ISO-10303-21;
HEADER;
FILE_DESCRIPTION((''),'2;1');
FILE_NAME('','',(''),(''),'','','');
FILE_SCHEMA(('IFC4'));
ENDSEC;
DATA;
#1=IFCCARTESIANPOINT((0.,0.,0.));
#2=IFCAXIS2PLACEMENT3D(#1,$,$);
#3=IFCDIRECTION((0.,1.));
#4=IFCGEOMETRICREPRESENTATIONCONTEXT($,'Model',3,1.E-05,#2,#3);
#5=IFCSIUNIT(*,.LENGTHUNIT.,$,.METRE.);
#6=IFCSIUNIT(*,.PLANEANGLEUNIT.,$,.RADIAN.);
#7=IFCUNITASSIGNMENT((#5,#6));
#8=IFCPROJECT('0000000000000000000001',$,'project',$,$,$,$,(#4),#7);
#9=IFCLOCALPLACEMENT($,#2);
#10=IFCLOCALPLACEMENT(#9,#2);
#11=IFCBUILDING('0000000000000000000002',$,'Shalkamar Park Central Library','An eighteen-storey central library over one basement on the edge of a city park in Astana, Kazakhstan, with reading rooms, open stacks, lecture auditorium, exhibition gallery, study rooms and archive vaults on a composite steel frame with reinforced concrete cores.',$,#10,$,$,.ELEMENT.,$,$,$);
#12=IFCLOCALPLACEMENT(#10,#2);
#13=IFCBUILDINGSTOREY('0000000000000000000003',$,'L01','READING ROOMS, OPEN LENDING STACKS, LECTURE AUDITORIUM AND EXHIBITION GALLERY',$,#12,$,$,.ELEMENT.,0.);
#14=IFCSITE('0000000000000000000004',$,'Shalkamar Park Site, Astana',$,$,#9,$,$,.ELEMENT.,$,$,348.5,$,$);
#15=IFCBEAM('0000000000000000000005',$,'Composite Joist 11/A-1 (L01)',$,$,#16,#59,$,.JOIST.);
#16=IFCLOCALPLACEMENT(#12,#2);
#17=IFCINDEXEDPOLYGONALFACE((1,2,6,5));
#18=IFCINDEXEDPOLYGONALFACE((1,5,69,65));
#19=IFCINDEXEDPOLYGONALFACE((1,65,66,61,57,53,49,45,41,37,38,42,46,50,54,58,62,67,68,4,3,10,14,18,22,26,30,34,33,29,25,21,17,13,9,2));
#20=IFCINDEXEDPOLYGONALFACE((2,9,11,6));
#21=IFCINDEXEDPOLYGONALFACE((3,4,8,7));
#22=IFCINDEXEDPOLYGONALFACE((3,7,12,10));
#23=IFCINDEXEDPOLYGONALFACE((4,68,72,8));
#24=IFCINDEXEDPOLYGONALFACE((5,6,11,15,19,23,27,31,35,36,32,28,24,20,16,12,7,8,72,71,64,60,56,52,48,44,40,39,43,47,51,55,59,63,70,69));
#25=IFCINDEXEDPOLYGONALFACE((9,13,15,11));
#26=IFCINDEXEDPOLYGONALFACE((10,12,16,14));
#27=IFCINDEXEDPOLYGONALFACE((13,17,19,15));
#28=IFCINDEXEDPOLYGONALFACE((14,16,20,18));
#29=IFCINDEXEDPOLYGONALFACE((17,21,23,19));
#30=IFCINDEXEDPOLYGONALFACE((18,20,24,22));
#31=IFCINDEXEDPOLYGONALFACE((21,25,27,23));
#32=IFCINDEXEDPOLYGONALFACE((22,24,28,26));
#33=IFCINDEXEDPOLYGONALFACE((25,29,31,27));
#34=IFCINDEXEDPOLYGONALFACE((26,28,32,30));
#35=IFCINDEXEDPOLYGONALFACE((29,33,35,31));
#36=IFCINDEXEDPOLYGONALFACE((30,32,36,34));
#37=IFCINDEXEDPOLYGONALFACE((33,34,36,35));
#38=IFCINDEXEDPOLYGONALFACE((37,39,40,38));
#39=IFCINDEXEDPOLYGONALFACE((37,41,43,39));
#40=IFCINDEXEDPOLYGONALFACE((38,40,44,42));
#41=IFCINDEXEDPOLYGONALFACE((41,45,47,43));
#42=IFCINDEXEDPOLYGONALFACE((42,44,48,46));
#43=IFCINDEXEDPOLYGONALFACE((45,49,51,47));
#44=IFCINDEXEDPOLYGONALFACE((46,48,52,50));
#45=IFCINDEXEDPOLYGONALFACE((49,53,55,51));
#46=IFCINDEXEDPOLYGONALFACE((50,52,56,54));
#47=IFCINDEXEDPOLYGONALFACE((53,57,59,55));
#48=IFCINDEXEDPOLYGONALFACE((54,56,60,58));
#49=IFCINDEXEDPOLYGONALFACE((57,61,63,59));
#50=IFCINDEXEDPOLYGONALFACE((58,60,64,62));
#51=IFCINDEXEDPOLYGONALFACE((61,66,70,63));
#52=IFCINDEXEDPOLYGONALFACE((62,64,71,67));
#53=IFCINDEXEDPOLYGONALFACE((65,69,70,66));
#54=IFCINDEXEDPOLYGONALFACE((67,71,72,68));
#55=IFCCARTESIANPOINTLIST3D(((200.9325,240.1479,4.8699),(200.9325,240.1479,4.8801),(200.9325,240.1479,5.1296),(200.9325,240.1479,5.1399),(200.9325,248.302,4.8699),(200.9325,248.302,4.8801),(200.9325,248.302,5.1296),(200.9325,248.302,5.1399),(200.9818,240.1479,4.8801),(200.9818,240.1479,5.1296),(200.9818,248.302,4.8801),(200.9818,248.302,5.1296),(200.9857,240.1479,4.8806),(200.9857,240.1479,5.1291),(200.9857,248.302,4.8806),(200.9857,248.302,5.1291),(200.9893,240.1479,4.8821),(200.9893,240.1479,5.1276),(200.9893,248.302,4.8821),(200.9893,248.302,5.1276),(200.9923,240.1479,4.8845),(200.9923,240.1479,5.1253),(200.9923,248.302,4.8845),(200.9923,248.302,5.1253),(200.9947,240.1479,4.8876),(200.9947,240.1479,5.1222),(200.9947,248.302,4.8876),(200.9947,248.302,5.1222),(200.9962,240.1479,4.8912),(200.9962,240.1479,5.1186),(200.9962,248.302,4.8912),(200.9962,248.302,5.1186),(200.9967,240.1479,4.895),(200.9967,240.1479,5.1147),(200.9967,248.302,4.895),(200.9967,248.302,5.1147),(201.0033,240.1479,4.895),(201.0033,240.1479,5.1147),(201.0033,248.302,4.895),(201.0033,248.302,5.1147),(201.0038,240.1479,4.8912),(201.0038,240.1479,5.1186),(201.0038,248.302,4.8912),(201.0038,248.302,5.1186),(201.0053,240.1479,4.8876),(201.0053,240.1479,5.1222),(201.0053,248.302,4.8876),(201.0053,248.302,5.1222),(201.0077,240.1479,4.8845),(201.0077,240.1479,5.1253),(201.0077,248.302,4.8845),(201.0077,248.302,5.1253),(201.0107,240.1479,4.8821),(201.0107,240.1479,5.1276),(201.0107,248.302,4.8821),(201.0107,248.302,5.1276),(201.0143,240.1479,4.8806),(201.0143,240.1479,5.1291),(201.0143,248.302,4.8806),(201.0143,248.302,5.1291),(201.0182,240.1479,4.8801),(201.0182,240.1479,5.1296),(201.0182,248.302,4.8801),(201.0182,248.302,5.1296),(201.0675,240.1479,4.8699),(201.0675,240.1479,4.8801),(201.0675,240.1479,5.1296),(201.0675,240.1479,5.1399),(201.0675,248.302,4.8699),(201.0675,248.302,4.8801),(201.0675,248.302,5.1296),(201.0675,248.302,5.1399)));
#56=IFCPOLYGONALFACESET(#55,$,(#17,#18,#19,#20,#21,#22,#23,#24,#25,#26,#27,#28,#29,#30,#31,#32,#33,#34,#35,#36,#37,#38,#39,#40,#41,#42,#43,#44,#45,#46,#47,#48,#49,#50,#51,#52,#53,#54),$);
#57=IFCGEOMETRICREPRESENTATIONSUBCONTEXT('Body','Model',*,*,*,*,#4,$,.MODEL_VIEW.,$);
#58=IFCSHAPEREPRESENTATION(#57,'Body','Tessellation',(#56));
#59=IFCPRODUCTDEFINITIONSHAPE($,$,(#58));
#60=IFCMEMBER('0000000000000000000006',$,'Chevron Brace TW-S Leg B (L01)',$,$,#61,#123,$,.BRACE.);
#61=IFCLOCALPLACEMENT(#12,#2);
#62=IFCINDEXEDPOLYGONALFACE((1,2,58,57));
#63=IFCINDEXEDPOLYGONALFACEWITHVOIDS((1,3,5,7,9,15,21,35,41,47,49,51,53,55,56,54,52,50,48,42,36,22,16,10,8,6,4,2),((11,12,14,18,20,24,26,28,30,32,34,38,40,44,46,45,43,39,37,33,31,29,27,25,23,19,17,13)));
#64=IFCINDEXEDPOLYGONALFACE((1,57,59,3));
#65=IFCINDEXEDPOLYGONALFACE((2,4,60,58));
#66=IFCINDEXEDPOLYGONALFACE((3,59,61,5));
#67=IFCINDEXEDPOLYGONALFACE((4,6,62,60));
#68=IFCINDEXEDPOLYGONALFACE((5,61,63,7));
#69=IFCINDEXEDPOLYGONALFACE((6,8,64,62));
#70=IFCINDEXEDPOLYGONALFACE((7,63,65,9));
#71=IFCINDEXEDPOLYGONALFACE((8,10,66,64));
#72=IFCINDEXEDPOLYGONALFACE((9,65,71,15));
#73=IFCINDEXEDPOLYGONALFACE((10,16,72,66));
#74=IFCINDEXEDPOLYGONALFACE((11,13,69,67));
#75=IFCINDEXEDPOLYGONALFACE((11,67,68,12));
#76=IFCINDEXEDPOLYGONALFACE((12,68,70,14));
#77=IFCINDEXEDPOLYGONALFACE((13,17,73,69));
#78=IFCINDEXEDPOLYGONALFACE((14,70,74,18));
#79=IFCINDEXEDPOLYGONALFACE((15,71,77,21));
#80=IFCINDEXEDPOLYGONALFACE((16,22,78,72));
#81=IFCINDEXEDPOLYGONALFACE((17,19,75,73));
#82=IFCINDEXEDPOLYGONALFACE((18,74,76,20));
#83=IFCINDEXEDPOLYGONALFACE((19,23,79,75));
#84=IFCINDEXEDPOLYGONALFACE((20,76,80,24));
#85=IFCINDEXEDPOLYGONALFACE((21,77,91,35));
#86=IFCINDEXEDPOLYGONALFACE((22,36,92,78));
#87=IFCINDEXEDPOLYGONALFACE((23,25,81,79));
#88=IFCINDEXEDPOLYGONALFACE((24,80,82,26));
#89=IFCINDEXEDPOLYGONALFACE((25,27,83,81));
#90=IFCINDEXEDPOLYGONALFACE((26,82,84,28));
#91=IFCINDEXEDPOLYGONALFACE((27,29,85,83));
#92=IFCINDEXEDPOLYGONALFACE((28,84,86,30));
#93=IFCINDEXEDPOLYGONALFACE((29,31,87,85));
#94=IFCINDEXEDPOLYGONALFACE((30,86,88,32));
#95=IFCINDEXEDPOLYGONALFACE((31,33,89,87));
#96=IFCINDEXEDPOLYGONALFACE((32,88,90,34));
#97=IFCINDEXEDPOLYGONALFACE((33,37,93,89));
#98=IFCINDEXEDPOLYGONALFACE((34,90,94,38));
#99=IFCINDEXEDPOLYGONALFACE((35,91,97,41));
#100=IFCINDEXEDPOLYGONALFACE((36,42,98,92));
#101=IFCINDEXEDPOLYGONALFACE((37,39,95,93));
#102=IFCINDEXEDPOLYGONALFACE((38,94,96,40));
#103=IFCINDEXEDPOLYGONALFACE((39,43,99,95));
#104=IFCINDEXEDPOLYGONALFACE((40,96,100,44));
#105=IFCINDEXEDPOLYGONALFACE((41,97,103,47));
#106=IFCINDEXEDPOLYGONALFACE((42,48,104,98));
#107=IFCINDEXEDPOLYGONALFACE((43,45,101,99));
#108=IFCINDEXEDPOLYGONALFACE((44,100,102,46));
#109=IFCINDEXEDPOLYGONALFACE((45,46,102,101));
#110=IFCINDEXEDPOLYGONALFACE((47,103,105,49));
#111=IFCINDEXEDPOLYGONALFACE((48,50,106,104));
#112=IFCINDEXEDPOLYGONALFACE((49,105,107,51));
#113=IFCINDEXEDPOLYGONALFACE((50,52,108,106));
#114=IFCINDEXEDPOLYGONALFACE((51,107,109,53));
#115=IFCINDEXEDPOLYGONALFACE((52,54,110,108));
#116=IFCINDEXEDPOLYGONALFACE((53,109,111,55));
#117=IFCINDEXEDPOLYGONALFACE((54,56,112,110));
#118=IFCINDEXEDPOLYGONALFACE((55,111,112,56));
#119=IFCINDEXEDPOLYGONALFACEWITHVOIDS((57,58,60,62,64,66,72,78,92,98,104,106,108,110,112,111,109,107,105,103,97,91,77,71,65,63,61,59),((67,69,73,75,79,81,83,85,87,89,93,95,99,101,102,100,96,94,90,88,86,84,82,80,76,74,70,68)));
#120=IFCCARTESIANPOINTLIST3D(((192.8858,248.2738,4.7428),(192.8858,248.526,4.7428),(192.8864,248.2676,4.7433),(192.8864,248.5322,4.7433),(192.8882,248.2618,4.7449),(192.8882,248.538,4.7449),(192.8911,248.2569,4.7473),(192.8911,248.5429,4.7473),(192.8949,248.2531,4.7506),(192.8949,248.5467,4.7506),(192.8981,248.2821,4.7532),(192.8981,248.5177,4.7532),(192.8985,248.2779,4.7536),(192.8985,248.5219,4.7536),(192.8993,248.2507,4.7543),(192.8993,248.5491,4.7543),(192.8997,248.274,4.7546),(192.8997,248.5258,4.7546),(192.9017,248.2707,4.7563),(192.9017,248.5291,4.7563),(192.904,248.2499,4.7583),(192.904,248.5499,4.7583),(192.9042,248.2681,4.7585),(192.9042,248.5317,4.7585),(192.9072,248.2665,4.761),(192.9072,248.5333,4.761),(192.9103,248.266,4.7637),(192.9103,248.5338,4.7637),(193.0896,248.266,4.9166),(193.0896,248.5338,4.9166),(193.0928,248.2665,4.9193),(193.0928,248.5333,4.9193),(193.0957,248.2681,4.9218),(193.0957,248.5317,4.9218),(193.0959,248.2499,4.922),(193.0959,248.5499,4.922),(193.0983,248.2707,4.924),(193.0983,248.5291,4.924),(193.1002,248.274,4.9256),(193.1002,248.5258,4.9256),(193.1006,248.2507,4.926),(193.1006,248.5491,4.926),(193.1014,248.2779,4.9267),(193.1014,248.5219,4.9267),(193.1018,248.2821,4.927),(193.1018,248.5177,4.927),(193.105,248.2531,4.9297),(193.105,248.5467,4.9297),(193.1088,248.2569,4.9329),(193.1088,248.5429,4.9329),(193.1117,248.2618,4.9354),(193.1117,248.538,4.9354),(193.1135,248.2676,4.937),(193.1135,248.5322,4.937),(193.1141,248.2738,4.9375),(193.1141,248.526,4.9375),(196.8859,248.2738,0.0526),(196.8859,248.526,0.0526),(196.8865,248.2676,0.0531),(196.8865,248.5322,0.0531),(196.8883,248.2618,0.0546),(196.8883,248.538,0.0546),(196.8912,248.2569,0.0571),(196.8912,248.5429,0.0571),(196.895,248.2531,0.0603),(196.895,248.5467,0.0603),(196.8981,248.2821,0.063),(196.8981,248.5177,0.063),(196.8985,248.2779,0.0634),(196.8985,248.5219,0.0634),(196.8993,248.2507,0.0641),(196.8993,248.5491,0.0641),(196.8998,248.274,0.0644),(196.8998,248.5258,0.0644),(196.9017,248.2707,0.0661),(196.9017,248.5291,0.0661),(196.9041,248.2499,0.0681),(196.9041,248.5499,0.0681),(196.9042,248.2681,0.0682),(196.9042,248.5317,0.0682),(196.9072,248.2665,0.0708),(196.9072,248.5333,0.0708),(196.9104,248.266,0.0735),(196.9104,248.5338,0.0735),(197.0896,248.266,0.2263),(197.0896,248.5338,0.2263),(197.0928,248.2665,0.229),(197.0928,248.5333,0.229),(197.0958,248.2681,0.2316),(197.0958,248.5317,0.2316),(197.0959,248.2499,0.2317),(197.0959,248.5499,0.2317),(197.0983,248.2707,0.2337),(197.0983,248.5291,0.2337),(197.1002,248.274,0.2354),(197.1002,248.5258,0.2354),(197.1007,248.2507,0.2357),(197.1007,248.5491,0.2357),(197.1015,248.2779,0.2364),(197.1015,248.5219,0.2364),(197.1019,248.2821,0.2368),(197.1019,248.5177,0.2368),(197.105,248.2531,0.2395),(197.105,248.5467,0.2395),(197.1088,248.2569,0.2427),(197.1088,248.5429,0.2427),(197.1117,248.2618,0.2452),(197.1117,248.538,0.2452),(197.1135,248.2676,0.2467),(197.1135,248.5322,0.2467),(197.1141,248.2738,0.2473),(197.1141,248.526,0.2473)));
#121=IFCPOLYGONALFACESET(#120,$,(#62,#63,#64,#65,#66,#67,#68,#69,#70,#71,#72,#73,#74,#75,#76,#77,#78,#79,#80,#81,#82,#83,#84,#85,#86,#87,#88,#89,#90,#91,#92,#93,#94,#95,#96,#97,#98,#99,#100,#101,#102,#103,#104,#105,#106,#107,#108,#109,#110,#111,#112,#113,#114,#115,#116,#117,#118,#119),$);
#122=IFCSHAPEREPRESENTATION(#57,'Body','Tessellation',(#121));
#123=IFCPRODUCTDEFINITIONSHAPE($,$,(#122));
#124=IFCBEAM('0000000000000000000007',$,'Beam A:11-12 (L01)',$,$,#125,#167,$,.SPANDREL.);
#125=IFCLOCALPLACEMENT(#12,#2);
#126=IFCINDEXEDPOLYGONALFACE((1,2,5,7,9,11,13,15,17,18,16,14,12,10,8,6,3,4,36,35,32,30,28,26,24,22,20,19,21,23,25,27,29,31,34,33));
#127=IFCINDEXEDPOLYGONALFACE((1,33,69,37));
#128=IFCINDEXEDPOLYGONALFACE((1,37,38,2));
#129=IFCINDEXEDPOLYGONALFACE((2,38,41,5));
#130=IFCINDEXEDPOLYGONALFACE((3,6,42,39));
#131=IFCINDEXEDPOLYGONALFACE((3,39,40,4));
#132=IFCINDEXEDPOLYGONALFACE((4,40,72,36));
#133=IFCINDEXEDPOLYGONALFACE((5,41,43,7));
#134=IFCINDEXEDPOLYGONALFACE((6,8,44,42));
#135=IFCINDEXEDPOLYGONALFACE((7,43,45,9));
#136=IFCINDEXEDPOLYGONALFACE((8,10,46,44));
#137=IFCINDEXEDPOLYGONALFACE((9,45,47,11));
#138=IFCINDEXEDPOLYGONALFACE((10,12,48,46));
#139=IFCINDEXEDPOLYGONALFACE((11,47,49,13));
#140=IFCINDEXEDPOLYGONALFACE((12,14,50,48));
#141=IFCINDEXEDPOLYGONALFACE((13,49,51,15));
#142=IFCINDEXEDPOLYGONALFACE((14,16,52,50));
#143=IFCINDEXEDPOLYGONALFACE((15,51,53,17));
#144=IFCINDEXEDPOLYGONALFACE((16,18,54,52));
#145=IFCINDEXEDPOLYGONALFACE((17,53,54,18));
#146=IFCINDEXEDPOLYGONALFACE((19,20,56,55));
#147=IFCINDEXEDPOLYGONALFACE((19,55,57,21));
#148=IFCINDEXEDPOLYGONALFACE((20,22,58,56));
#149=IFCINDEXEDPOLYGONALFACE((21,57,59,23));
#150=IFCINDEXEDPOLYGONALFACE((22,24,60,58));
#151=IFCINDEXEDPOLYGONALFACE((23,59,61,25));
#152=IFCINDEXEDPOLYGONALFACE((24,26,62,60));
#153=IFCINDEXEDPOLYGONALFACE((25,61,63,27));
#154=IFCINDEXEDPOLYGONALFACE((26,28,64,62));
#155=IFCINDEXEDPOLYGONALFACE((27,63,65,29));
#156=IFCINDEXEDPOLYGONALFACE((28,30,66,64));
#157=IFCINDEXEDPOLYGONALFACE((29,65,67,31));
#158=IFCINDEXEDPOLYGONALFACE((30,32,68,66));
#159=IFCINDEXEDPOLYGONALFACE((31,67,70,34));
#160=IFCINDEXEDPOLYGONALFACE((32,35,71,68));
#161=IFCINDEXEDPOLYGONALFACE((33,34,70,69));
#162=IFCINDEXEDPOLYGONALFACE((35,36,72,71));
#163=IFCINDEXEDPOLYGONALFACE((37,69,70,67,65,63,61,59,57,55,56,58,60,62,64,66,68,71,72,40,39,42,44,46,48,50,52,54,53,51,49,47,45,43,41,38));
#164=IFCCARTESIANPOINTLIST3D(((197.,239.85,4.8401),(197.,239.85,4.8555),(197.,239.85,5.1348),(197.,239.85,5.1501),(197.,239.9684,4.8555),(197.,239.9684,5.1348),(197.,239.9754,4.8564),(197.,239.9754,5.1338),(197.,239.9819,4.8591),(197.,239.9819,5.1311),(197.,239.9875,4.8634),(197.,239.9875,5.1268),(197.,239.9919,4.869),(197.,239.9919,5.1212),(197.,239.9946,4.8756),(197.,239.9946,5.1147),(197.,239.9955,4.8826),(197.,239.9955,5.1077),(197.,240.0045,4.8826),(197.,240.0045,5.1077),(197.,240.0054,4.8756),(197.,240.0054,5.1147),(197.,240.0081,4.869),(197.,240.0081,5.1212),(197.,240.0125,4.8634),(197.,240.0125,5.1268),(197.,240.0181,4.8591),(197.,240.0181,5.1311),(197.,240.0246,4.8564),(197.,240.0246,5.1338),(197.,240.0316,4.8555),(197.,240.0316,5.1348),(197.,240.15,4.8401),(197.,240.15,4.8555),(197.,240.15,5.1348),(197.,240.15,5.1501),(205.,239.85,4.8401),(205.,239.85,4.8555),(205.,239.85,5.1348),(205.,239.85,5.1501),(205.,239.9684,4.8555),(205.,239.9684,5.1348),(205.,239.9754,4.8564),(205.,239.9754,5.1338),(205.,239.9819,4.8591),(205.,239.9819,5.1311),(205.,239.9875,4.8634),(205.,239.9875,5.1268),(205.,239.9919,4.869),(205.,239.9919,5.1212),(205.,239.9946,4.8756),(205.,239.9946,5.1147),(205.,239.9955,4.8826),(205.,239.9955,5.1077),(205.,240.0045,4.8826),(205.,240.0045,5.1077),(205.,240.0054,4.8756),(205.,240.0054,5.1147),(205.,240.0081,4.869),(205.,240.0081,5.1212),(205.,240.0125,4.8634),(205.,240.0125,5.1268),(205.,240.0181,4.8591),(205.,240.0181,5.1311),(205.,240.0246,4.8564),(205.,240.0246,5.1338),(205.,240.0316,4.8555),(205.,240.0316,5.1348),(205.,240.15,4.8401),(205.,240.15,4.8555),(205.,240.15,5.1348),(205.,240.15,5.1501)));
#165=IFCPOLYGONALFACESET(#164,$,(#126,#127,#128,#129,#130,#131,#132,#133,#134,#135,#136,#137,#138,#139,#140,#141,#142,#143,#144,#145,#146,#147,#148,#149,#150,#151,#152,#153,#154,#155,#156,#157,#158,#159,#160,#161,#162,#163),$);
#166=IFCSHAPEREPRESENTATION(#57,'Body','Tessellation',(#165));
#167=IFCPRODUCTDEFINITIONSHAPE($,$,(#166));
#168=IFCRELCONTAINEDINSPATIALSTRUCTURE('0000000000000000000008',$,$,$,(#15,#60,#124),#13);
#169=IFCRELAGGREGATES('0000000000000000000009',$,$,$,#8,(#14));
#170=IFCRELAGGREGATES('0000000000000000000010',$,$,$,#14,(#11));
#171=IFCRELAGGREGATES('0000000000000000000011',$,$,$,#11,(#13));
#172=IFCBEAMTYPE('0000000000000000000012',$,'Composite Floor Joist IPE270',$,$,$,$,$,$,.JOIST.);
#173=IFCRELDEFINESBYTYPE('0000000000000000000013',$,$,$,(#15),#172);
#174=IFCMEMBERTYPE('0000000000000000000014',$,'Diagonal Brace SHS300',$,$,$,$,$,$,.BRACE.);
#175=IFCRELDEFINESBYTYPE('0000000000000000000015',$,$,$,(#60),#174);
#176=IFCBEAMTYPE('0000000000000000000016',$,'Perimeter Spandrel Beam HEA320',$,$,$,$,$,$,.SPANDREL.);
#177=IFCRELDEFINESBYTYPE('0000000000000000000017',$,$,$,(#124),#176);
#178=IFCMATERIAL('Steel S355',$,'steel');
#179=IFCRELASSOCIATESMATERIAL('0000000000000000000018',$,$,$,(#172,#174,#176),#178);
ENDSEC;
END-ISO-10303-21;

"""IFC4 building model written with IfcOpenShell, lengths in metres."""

from ifc_helpers import new_model, si_unit, direction, frame, origin, origin_2d, place, context, subcontext, project, spatial, hollow_rectangle, i_section, extrude, material, material_profile, profile_set, type_object, element, save


model = new_model("IFC4")

# Units and contexts
model_context = context("Model", 3, precision=1e-05, world=origin(), true_north=direction((0.0, 1.0)))
body_context = subcontext(model_context, "Body", "Model", "MODEL_VIEW")
ifc_project = project(units=[si_unit("LENGTHUNIT", "METRE"), si_unit("PLANEANGLEUNIT", "RADIAN")], contexts=[model_context])

# Site, building, storey
site_placement = place(None, origin())
site = spatial("IfcSite", under=ifc_project, at=site_placement, Name="Shalkamar Park Site, Astana", CompositionType="ELEMENT", RefElevation=348.5)
building_placement = place(site_placement, origin())
building = spatial("IfcBuilding", under=site, at=building_placement, Name="Shalkamar Park Central Library", Description="An eighteen-storey central library over one basement on the edge of a city park in Astana, Kazakhstan, with reading rooms, open stacks, lecture auditorium, exhibition gallery, study rooms and archive vaults on a composite steel frame with reinforced concrete cores.", CompositionType="ELEMENT")
storey_placement = place(building_placement, origin())
storey = spatial("IfcBuildingStorey", under=building, at=storey_placement, Name="L01", Description="READING ROOMS, OPEN LENDING STACKS, LECTURE AUDITORIUM AND EXHIBITION GALLERY", CompositionType="ELEMENT", Elevation=0.0)

# Shared definitions
ifc_material_1 = material(Name="Steel S355", Category="steel")

# Beam
ifc_material_profile_1 = material_profile(ifc_material_1, i_section(OverallWidth=0.135, OverallDepth=0.27, WebThickness=0.0066, FlangeThickness=0.0103, FilletRadius=0.0149, at=origin_2d()), Name="IPE 270")
ifc_profile_set_1 = profile_set([ifc_material_profile_1], Name="Steel S355")
beam_type_1 = type_object("IfcBeamType", Name="Composite Floor Joist IPE270", PredefinedType="JOIST", material=ifc_profile_set_1)
beam_1_placement = place(storey_placement, frame((201.0, 240.1479, 5.0049), z_axis=(0.0, 1.0, 0.0), x_axis=(-1.0, 0.0, 0.0)))
element("IfcBeam", 1, at=beam_1_placement, inside=storey, type_object=beam_type_1, Name="Composite Joist 11/A-1 (L01)", PredefinedType="JOIST", context=body_context, shape_type="SweptSolid", body=[
    extrude(i_section(OverallWidth=0.135, OverallDepth=0.27, WebThickness=0.0066, FlangeThickness=0.0103, FilletRadius=0.0149, at=origin_2d()), origin(), (0.0, 0.0, 1.0), 8.1541),
])

# Member
ifc_material_profile_2 = material_profile(ifc_material_1, hollow_rectangle(XDim=0.3, YDim=0.3, WallThickness=0.0161, InnerFilletRadius=0.0161, OuterFilletRadius=0.0239, at=origin_2d()), Name="SHS 300x300x16")
ifc_profile_set_2 = profile_set([ifc_material_profile_2], Name="Steel S355")
member_type = type_object("IfcMemberType", Name="Diagonal Brace SHS300", PredefinedType="BRACE", material=ifc_profile_set_2)
member_placement = place(storey_placement, frame((197.0, 248.3999, 0.1499), z_axis=(-0.648904, 0.0, 0.76087), x_axis=(0.0, -1.0, 0.0)))
element("IfcMember", 2, at=member_placement, inside=storey, type_object=member_type, Name="Chevron Brace TW-S Leg B (L01)", PredefinedType="BRACE", context=body_context, shape_type="SweptSolid", body=[
    extrude(hollow_rectangle(XDim=0.3, YDim=0.3, WallThickness=0.0161, InnerFilletRadius=0.0161, OuterFilletRadius=0.0239, at=origin_2d()), origin(), (0.0, 0.0, 1.0), 6.1643),
])

# Beam
ifc_material_profile_3 = material_profile(ifc_material_1, i_section(OverallWidth=0.3, OverallDepth=0.3101, WebThickness=0.009, FlangeThickness=0.0154, FilletRadius=0.0271, at=origin_2d()), Name="HEA 320")
ifc_profile_set_3 = profile_set([ifc_material_profile_3], Name="Steel S355")
beam_type_2 = type_object("IfcBeamType", Name="Perimeter Spandrel Beam HEA320", PredefinedType="SPANDREL", material=ifc_profile_set_3)
for number, where, z_axis, x_axis, name in (
    (3, (197.0, 240.0, 4.9951), (1.0, 0.0, 0.0), (0.0, 1.0, 0.0), "Beam A:11-12 (L01)"),
):
    element("IfcBeam", number, at=place(storey_placement, frame(where, z_axis=z_axis, x_axis=x_axis)), inside=storey, type_object=beam_type_2, Name=name, PredefinedType="SPANDREL", context=body_context, shape_type="SweptSolid", body=[
        extrude(i_section(OverallWidth=0.3, OverallDepth=0.3101, WebThickness=0.009, FlangeThickness=0.0154, FilletRadius=0.0271, at=origin_2d()), origin(), (0.0, 0.0, 1.0), 8.0),
    ])

save(model, "model.ifc")
